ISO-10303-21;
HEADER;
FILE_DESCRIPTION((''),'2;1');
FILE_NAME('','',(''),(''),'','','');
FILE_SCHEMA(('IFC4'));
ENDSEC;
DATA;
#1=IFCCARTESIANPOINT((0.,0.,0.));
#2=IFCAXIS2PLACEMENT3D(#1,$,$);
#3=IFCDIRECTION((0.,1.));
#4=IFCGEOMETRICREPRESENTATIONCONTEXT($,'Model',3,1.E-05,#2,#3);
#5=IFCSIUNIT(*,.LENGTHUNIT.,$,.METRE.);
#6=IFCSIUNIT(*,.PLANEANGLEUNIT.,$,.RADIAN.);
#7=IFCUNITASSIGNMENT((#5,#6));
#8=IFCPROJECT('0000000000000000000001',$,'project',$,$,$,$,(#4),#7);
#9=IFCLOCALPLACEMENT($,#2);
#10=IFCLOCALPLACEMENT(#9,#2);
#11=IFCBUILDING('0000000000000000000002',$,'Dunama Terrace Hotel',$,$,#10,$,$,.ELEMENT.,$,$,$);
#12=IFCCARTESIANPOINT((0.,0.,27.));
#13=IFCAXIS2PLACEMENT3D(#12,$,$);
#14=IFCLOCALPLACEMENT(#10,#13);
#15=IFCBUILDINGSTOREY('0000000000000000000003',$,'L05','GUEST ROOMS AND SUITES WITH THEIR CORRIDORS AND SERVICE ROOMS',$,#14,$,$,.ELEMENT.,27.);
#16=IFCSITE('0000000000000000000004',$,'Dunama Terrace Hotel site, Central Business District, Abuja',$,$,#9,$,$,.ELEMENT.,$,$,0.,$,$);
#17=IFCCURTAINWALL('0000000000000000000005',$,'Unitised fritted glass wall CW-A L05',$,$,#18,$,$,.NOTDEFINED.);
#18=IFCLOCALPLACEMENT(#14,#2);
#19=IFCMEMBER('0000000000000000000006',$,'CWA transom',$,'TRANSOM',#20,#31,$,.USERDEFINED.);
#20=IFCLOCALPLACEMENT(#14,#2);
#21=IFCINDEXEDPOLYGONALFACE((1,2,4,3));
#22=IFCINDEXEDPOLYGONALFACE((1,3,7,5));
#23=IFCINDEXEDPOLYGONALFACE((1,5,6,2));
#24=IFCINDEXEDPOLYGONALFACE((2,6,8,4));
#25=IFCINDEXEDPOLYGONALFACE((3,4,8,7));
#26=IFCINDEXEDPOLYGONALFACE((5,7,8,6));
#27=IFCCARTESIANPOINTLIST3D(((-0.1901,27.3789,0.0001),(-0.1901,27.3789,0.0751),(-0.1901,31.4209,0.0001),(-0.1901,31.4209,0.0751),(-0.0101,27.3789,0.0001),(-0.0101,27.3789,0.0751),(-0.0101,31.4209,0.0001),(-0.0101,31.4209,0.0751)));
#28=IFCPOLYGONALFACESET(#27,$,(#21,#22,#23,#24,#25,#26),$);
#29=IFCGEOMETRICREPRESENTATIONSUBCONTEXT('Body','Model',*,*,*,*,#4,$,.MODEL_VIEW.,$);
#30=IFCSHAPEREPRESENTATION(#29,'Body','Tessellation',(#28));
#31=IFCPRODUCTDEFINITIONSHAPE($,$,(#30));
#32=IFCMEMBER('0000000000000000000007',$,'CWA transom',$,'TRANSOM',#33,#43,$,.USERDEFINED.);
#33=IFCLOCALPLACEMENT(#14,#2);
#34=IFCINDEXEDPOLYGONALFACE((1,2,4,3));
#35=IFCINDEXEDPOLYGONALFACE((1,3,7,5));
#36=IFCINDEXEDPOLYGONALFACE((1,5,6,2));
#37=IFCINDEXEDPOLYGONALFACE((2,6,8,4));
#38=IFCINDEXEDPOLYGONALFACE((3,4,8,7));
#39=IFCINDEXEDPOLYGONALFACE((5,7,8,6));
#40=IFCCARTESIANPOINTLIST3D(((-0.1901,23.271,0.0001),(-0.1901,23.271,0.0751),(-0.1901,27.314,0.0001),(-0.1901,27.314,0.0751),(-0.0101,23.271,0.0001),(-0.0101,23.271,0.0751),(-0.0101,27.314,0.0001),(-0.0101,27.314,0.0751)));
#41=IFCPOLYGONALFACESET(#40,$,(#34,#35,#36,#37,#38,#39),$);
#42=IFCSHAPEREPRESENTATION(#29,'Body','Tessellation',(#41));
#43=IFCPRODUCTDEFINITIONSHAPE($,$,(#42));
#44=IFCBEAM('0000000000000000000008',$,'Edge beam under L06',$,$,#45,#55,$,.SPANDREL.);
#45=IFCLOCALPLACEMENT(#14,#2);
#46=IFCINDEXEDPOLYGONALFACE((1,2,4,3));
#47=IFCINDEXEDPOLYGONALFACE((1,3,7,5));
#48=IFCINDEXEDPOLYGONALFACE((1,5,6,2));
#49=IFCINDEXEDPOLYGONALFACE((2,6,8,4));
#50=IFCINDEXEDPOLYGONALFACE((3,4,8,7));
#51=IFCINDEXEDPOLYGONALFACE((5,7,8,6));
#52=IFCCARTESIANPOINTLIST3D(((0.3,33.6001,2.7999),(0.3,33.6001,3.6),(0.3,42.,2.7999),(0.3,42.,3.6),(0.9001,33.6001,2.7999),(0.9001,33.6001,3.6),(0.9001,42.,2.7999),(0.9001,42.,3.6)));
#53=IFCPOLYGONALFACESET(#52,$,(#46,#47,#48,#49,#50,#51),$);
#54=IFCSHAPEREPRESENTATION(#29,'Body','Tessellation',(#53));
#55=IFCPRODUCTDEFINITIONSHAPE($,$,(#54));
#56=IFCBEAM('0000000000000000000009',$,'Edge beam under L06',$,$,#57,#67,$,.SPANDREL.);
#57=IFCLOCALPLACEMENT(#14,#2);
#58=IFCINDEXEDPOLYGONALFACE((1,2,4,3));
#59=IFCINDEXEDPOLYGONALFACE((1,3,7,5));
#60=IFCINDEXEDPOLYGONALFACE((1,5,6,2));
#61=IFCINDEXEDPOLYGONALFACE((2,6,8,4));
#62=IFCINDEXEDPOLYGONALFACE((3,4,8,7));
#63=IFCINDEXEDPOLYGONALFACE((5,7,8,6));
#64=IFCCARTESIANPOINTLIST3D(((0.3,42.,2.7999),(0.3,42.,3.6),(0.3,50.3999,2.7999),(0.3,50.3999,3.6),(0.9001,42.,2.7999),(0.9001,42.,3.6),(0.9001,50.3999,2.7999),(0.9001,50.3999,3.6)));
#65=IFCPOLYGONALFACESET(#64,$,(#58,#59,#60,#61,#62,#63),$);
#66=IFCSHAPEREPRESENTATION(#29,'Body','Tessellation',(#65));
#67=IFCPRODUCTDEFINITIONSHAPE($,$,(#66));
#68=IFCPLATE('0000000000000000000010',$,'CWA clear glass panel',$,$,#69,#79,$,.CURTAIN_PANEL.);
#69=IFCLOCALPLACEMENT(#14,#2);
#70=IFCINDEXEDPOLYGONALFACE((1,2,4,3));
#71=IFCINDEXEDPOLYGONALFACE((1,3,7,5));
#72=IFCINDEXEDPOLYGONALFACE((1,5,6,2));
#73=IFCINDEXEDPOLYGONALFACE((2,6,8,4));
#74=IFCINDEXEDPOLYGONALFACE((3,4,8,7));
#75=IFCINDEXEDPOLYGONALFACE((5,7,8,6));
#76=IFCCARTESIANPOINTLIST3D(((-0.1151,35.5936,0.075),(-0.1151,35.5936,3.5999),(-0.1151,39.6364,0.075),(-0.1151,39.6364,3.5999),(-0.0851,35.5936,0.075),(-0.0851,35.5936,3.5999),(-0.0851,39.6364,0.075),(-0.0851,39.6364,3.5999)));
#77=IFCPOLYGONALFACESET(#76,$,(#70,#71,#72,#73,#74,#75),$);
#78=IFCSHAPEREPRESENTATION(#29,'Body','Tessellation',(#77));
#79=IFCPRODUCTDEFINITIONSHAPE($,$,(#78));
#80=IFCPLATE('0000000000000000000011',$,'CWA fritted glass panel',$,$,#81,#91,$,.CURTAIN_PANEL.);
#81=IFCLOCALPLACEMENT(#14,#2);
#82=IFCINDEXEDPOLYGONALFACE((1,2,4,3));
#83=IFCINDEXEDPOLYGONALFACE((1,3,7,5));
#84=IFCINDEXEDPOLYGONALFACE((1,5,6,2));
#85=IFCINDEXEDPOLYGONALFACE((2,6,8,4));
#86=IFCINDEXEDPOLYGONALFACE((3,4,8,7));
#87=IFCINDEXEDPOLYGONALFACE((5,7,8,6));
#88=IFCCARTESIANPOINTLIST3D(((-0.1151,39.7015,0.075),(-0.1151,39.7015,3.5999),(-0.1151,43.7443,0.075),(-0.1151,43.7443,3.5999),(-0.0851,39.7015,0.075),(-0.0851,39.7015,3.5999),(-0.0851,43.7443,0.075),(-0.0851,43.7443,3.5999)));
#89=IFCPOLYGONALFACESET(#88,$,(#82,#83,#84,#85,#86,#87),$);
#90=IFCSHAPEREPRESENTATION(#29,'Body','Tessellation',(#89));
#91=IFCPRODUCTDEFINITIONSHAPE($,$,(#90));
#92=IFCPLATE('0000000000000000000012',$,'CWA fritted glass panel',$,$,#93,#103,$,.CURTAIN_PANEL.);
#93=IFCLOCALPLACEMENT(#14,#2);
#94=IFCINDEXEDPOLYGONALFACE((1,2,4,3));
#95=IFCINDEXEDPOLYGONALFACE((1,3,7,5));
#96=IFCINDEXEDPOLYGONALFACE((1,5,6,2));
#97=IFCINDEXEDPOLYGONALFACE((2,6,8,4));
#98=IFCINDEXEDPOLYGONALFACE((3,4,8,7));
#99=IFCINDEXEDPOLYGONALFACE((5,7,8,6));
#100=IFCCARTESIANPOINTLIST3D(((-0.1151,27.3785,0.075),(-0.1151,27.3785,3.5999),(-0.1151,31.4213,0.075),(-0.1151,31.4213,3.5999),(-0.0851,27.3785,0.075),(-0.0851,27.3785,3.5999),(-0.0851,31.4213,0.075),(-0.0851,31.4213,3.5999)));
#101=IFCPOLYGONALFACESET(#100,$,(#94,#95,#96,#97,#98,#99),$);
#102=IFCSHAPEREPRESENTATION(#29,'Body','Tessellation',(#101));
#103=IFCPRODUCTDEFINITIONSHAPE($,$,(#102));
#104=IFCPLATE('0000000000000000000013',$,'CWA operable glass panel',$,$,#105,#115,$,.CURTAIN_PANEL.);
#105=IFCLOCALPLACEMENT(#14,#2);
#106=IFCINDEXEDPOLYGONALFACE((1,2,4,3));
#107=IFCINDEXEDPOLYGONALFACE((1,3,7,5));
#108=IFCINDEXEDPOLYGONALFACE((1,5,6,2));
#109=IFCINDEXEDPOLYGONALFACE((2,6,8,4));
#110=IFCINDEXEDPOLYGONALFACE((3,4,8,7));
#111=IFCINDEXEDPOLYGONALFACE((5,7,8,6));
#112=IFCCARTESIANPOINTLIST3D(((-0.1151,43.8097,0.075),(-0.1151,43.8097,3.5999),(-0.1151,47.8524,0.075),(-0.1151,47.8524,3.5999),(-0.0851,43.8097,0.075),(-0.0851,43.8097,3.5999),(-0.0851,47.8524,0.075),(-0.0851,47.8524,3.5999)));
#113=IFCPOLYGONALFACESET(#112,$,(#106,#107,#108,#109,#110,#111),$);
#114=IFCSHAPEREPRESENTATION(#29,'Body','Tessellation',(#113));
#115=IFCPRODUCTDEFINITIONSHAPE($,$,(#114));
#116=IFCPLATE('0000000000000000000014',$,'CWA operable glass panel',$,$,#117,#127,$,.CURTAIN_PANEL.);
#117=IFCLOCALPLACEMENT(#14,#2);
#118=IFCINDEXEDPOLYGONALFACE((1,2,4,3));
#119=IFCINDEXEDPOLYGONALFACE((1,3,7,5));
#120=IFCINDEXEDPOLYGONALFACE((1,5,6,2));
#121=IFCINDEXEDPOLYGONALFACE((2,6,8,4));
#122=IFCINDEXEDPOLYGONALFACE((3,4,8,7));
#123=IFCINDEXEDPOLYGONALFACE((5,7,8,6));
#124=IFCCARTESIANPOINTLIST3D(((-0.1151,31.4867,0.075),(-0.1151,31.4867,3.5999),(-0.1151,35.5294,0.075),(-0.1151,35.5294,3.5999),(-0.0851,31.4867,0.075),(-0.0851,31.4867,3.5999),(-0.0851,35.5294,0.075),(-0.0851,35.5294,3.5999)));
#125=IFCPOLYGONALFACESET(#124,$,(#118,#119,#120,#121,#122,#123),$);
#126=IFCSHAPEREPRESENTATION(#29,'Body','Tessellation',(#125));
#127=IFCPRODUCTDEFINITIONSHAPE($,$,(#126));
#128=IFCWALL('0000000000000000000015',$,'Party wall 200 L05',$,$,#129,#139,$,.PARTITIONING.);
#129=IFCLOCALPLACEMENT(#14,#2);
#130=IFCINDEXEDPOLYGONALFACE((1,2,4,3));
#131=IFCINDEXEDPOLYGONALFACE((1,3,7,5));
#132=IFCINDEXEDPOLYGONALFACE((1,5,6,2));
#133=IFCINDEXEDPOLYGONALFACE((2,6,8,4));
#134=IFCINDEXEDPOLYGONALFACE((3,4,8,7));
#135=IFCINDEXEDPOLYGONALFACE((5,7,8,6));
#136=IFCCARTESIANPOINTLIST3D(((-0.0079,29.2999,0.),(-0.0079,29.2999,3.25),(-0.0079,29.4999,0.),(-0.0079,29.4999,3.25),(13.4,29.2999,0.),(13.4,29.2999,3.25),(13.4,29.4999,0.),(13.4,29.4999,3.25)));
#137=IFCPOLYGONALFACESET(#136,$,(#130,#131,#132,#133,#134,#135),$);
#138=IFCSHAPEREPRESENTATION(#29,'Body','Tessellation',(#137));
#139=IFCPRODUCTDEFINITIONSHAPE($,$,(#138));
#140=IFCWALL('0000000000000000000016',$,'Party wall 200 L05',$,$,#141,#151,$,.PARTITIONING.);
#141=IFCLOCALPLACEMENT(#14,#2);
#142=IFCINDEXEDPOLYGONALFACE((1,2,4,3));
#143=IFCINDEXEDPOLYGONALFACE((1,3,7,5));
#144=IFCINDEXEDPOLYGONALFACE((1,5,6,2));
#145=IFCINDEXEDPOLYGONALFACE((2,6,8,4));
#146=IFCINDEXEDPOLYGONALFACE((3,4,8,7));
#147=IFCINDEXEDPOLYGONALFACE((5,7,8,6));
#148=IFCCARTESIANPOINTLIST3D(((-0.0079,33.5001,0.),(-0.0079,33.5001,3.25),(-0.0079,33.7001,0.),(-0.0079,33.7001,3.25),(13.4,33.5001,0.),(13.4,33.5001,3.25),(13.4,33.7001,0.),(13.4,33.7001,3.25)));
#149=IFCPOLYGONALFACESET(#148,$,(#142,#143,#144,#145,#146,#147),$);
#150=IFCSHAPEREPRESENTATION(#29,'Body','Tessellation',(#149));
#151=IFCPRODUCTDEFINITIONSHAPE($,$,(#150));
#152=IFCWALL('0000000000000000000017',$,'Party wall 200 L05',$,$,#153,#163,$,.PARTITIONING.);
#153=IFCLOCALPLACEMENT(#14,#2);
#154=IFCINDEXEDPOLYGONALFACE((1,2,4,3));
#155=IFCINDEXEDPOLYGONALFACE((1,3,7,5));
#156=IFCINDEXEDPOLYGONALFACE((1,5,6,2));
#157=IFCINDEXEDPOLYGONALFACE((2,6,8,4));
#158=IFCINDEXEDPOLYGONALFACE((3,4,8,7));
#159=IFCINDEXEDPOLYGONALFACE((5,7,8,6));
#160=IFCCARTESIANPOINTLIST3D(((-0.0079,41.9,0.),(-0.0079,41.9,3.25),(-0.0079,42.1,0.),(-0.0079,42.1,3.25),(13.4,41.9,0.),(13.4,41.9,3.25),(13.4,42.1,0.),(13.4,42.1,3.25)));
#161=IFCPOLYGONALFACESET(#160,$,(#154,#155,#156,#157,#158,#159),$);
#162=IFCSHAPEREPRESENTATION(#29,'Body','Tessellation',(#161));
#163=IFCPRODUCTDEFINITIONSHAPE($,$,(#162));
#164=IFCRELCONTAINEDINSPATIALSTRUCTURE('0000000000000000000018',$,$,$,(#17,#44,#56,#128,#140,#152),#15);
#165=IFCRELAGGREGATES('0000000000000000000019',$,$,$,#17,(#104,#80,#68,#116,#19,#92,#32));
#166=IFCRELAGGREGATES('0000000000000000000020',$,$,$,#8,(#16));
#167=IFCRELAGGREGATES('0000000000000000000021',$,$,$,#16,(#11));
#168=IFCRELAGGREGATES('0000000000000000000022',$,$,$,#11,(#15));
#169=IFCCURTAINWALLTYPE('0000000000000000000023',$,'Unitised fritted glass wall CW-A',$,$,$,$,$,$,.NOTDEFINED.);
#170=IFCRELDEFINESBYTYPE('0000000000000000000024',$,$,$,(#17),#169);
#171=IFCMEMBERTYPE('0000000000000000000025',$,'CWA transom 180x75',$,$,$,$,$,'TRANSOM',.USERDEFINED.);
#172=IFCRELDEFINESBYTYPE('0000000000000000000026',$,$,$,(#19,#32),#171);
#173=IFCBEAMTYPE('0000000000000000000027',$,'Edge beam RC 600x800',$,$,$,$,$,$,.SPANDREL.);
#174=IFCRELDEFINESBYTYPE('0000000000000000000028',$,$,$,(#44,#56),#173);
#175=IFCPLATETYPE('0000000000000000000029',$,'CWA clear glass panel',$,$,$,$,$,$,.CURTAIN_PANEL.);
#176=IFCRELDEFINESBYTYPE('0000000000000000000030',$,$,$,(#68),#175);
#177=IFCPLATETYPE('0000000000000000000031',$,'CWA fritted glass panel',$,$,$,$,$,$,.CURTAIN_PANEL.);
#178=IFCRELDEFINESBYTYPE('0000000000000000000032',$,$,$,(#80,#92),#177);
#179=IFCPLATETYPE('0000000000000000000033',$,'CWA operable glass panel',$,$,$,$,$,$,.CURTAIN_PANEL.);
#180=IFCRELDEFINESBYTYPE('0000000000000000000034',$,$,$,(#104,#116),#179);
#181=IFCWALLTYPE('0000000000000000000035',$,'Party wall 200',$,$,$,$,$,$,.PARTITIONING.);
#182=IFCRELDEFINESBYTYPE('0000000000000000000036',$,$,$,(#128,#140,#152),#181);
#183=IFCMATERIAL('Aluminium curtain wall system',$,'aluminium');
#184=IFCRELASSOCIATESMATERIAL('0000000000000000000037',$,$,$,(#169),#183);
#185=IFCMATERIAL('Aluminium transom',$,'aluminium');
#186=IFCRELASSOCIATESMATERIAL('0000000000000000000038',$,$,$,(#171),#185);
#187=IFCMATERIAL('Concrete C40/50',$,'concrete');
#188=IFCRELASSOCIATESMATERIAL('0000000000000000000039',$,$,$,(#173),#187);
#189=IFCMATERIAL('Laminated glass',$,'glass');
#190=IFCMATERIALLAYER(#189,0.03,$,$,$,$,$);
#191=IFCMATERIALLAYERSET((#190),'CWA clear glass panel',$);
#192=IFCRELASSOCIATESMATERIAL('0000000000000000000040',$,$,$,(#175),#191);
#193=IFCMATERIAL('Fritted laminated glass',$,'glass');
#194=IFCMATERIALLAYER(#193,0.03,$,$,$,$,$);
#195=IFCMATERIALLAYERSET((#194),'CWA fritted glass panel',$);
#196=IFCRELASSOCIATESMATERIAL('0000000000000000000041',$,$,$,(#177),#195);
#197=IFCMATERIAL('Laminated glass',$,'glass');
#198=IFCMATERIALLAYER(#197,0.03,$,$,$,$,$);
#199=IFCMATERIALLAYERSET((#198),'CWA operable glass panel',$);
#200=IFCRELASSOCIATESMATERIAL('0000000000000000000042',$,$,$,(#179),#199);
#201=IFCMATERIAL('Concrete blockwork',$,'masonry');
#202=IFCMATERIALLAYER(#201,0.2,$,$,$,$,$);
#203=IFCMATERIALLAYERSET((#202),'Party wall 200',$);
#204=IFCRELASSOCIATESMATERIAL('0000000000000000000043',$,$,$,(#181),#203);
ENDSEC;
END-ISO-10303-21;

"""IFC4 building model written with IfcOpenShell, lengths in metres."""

from ifc_helpers import new_model, si_unit, direction, frame, frame_2d, origin, origin_2d, place, context, subcontext, project, spatial, rectangle, extrude, material, layer, layer_set, material_profile, profile_set, type_object, element, aggregate, save


model = new_model("IFC4")

# Units and contexts
model_context = context("Model", 3, precision=1e-05, world=origin(), true_north=direction((0.0, 1.0)))
body_context = subcontext(model_context, "Body", "Model", "MODEL_VIEW")
ifc_project = project(units=[si_unit("LENGTHUNIT", "METRE"), si_unit("PLANEANGLEUNIT", "RADIAN")], contexts=[model_context])

# Site, building, storey
site_placement = place(None, origin())
site = spatial("IfcSite", under=ifc_project, at=site_placement, Name="Dunama Terrace Hotel site, Central Business District, Abuja", CompositionType="ELEMENT", RefElevation=0.0)
building_placement = place(site_placement, origin())
building = spatial("IfcBuilding", under=site, at=building_placement, Name="Dunama Terrace Hotel", CompositionType="ELEMENT")
storey_placement = place(building_placement, frame((0.0, 0.0, 27.0)))
storey = spatial("IfcBuildingStorey", under=building, at=storey_placement, Name="L05", Description="GUEST ROOMS AND SUITES WITH THEIR CORRIDORS AND SERVICE ROOMS", CompositionType="ELEMENT", Elevation=27.0)

# Curtain wall, members
ifc_material_1 = material(Name="Aluminium curtain wall system", Category="aluminium")
curtain_wall_type = type_object("IfcCurtainWallType", Name="Unitised fritted glass wall CW-A", PredefinedType="NOTDEFINED", material=ifc_material_1)
curtain_wall_placement = place(storey_placement, origin())
curtain_wall = element("IfcCurtainWall", 1, at=curtain_wall_placement, inside=storey, type_object=curtain_wall_type, Name="Unitised fritted glass wall CW-A L05", PredefinedType="NOTDEFINED")
ifc_material_2 = material(Name="Aluminium transom", Category="aluminium")
ifc_material_profile_1 = material_profile(ifc_material_2, rectangle(XDim=0.1799, YDim=0.075, at=origin_2d()), Name="CWA TRANSOM 180X75")
ifc_profile_set_1 = profile_set([ifc_material_profile_1], Name="Aluminium transom")
member_type_1 = type_object("IfcMemberType", Name="CWA transom 180x75", ElementType="TRANSOM", PredefinedType="USERDEFINED", material=ifc_profile_set_1)
member_1_placement = place(storey_placement, frame((-0.1001, 31.4209, 0.0376), z_axis=(0.0, -1.0, 0.0), x_axis=(1.0, 0.0, 0.0)))
member_1 = element("IfcMember", 2, at=member_1_placement, type_object=member_type_1, Name="CWA transom", ObjectType="TRANSOM", PredefinedType="USERDEFINED", context=body_context, shape_type="SweptSolid", body=[
    extrude(rectangle(XDim=0.1799, YDim=0.075, at=origin_2d()), origin(), (0.0, 0.0, 1.0), 4.042),
])
member_2_placement = place(storey_placement, frame((-0.1001, 27.314, 0.0376), z_axis=(0.0, -1.0, 0.0), x_axis=(1.0, 0.0, 0.0)))
member_2 = element("IfcMember", 3, at=member_2_placement, type_object=member_type_1, Name="CWA transom", ObjectType="TRANSOM", PredefinedType="USERDEFINED", context=body_context, shape_type="SweptSolid", body=[
    extrude(rectangle(XDim=0.1799, YDim=0.075, at=origin_2d()), origin(), (0.0, 0.0, 1.0), 4.043),
])

# Beams
ifc_material_3 = material(Name="Concrete C40/50", Category="concrete")
ifc_material_profile_2 = material_profile(ifc_material_3, rectangle(XDim=0.6001, YDim=0.8, at=origin_2d()), Name="RC 600x800")
ifc_profile_set_2 = profile_set([ifc_material_profile_2], Name="Concrete C40/50")
beam_type = type_object("IfcBeamType", Name="Edge beam RC 600x800", PredefinedType="SPANDREL", material=ifc_profile_set_2)
for number, where, z_axis, x_axis, name in (
    (4, (0.6001, 33.6001, 3.2), (0.0, 1.0, 0.0), (-1.0, 0.0, 0.0), "Edge beam under L06"),
    (5, (0.6001, 42.0, 3.2), (0.0, 1.0, 0.0), (-1.0, 0.0, 0.0), "Edge beam under L06"),
):
    element("IfcBeam", number, at=place(storey_placement, frame(where, z_axis=z_axis, x_axis=x_axis)), inside=storey, type_object=beam_type, Name=name, PredefinedType="SPANDREL", context=body_context, shape_type="SweptSolid", body=[
        extrude(rectangle(XDim=0.6001, YDim=0.8, at=origin_2d()), origin(), (0.0, 0.0, 1.0), 8.3999),
    ])

# Plates
ifc_material_4 = material(Name="Laminated glass", Category="glass")
ifc_layer_1 = layer(ifc_material_4, 0.03)
ifc_layer_set_1 = layer_set([ifc_layer_1], Name="CWA clear glass panel")
plate_type_1 = type_object("IfcPlateType", Name="CWA clear glass panel", PredefinedType="CURTAIN_PANEL", material=ifc_layer_set_1)
plate_1_placement = place(storey_placement, frame((-0.1001, 37.615, 0.075), z_axis=(0.0, 0.0, 1.0), x_axis=(0.0, -1.0, 0.0)))
plate_1 = element("IfcPlate", 6, at=plate_1_placement, type_object=plate_type_1, Name="CWA clear glass panel", PredefinedType="CURTAIN_PANEL", context=body_context, shape_type="SweptSolid", body=[
    extrude(rectangle(XDim=4.0427, YDim=0.03, at=origin_2d()), origin(), (0.0, 0.0, 1.0), 3.5249),
])
ifc_material_5 = material(Name="Fritted laminated glass", Category="glass")
ifc_layer_2 = layer(ifc_material_5, 0.03)
ifc_layer_set_2 = layer_set([ifc_layer_2], Name="CWA fritted glass panel")
plate_type_2 = type_object("IfcPlateType", Name="CWA fritted glass panel", PredefinedType="CURTAIN_PANEL", material=ifc_layer_set_2)
plate_2_placement = place(storey_placement, frame((-0.1001, 41.7229, 0.075), z_axis=(0.0, 0.0, 1.0), x_axis=(0.0, -1.0, 0.0)))
plate_2 = element("IfcPlate", 7, at=plate_2_placement, type_object=plate_type_2, Name="CWA fritted glass panel", PredefinedType="CURTAIN_PANEL", context=body_context, shape_type="SweptSolid", body=[
    extrude(rectangle(XDim=4.0427, YDim=0.03, at=origin_2d()), origin(), (0.0, 0.0, 1.0), 3.5249),
])
plate_3_placement = place(storey_placement, frame((-0.1001, 29.3999, 0.075), z_axis=(0.0, 0.0, 1.0), x_axis=(0.0, -1.0, 0.0)))
plate_3 = element("IfcPlate", 8, at=plate_3_placement, type_object=plate_type_2, Name="CWA fritted glass panel", PredefinedType="CURTAIN_PANEL", context=body_context, shape_type="SweptSolid", body=[
    extrude(rectangle(XDim=4.0427, YDim=0.03, at=origin_2d()), origin(), (0.0, 0.0, 1.0), 3.5249),
])
ifc_material_6 = material(Name="Laminated glass", Category="glass")
ifc_layer_3 = layer(ifc_material_6, 0.03)
ifc_layer_set_3 = layer_set([ifc_layer_3], Name="CWA operable glass panel")
plate_type_3 = type_object("IfcPlateType", Name="CWA operable glass panel", PredefinedType="CURTAIN_PANEL", material=ifc_layer_set_3)
plate_4_placement = place(storey_placement, frame((-0.1001, 45.8311, 0.075), z_axis=(0.0, 0.0, 1.0), x_axis=(0.0, -1.0, 0.0)))
plate_4 = element("IfcPlate", 9, at=plate_4_placement, type_object=plate_type_3, Name="CWA operable glass panel", PredefinedType="CURTAIN_PANEL", context=body_context, shape_type="SweptSolid", body=[
    extrude(rectangle(XDim=4.0427, YDim=0.03, at=origin_2d()), origin(), (0.0, 0.0, 1.0), 3.5249),
])
plate_5_placement = place(storey_placement, frame((-0.1001, 33.5081, 0.075), z_axis=(0.0, 0.0, 1.0), x_axis=(0.0, -1.0, 0.0)))
plate_5 = element("IfcPlate", 10, at=plate_5_placement, type_object=plate_type_3, Name="CWA operable glass panel", PredefinedType="CURTAIN_PANEL", context=body_context, shape_type="SweptSolid", body=[
    extrude(rectangle(XDim=4.0427, YDim=0.03, at=origin_2d()), origin(), (0.0, 0.0, 1.0), 3.5249),
])
aggregate(curtain_wall, [plate_4, plate_2, plate_1, plate_5, member_1, plate_3, member_2])

# Walls
ifc_material_7 = material(Name="Concrete blockwork", Category="masonry")
ifc_layer_4 = layer(ifc_material_7, 0.2)
ifc_layer_set_4 = layer_set([ifc_layer_4], Name="Party wall 200")
wall_type_1 = type_object("IfcWallType", Name="Party wall 200", PredefinedType="PARTITIONING", material=ifc_layer_set_4)
for number, where, z_axis, x_axis, name in (
    (11, (-0.0081, 29.3999, 0.0), (0.0, 0.0, 1.0), (1.0, 0.0, 0.0), "Party wall 200 L05"),
    (12, (-0.0081, 33.6001, 0.0), (0.0, 0.0, 1.0), (1.0, 0.0, 0.0), "Party wall 200 L05"),
    (13, (-0.0081, 42.0, 0.0), (0.0, 0.0, 1.0), (1.0, 0.0, 0.0), "Party wall 200 L05"),
):
    element("IfcWall", number, at=place(storey_placement, frame(where, z_axis=z_axis, x_axis=x_axis)), inside=storey, type_object=wall_type_1, Name=name, PredefinedType="PARTITIONING", context=body_context, shape_type="SweptSolid", body=[
        extrude(rectangle(XDim=13.408, YDim=0.2, at=frame_2d((6.7041, 0.0))), origin(), (0.0, 0.0, 1.0), 3.25),
    ])

save(model, "model.ifc")
